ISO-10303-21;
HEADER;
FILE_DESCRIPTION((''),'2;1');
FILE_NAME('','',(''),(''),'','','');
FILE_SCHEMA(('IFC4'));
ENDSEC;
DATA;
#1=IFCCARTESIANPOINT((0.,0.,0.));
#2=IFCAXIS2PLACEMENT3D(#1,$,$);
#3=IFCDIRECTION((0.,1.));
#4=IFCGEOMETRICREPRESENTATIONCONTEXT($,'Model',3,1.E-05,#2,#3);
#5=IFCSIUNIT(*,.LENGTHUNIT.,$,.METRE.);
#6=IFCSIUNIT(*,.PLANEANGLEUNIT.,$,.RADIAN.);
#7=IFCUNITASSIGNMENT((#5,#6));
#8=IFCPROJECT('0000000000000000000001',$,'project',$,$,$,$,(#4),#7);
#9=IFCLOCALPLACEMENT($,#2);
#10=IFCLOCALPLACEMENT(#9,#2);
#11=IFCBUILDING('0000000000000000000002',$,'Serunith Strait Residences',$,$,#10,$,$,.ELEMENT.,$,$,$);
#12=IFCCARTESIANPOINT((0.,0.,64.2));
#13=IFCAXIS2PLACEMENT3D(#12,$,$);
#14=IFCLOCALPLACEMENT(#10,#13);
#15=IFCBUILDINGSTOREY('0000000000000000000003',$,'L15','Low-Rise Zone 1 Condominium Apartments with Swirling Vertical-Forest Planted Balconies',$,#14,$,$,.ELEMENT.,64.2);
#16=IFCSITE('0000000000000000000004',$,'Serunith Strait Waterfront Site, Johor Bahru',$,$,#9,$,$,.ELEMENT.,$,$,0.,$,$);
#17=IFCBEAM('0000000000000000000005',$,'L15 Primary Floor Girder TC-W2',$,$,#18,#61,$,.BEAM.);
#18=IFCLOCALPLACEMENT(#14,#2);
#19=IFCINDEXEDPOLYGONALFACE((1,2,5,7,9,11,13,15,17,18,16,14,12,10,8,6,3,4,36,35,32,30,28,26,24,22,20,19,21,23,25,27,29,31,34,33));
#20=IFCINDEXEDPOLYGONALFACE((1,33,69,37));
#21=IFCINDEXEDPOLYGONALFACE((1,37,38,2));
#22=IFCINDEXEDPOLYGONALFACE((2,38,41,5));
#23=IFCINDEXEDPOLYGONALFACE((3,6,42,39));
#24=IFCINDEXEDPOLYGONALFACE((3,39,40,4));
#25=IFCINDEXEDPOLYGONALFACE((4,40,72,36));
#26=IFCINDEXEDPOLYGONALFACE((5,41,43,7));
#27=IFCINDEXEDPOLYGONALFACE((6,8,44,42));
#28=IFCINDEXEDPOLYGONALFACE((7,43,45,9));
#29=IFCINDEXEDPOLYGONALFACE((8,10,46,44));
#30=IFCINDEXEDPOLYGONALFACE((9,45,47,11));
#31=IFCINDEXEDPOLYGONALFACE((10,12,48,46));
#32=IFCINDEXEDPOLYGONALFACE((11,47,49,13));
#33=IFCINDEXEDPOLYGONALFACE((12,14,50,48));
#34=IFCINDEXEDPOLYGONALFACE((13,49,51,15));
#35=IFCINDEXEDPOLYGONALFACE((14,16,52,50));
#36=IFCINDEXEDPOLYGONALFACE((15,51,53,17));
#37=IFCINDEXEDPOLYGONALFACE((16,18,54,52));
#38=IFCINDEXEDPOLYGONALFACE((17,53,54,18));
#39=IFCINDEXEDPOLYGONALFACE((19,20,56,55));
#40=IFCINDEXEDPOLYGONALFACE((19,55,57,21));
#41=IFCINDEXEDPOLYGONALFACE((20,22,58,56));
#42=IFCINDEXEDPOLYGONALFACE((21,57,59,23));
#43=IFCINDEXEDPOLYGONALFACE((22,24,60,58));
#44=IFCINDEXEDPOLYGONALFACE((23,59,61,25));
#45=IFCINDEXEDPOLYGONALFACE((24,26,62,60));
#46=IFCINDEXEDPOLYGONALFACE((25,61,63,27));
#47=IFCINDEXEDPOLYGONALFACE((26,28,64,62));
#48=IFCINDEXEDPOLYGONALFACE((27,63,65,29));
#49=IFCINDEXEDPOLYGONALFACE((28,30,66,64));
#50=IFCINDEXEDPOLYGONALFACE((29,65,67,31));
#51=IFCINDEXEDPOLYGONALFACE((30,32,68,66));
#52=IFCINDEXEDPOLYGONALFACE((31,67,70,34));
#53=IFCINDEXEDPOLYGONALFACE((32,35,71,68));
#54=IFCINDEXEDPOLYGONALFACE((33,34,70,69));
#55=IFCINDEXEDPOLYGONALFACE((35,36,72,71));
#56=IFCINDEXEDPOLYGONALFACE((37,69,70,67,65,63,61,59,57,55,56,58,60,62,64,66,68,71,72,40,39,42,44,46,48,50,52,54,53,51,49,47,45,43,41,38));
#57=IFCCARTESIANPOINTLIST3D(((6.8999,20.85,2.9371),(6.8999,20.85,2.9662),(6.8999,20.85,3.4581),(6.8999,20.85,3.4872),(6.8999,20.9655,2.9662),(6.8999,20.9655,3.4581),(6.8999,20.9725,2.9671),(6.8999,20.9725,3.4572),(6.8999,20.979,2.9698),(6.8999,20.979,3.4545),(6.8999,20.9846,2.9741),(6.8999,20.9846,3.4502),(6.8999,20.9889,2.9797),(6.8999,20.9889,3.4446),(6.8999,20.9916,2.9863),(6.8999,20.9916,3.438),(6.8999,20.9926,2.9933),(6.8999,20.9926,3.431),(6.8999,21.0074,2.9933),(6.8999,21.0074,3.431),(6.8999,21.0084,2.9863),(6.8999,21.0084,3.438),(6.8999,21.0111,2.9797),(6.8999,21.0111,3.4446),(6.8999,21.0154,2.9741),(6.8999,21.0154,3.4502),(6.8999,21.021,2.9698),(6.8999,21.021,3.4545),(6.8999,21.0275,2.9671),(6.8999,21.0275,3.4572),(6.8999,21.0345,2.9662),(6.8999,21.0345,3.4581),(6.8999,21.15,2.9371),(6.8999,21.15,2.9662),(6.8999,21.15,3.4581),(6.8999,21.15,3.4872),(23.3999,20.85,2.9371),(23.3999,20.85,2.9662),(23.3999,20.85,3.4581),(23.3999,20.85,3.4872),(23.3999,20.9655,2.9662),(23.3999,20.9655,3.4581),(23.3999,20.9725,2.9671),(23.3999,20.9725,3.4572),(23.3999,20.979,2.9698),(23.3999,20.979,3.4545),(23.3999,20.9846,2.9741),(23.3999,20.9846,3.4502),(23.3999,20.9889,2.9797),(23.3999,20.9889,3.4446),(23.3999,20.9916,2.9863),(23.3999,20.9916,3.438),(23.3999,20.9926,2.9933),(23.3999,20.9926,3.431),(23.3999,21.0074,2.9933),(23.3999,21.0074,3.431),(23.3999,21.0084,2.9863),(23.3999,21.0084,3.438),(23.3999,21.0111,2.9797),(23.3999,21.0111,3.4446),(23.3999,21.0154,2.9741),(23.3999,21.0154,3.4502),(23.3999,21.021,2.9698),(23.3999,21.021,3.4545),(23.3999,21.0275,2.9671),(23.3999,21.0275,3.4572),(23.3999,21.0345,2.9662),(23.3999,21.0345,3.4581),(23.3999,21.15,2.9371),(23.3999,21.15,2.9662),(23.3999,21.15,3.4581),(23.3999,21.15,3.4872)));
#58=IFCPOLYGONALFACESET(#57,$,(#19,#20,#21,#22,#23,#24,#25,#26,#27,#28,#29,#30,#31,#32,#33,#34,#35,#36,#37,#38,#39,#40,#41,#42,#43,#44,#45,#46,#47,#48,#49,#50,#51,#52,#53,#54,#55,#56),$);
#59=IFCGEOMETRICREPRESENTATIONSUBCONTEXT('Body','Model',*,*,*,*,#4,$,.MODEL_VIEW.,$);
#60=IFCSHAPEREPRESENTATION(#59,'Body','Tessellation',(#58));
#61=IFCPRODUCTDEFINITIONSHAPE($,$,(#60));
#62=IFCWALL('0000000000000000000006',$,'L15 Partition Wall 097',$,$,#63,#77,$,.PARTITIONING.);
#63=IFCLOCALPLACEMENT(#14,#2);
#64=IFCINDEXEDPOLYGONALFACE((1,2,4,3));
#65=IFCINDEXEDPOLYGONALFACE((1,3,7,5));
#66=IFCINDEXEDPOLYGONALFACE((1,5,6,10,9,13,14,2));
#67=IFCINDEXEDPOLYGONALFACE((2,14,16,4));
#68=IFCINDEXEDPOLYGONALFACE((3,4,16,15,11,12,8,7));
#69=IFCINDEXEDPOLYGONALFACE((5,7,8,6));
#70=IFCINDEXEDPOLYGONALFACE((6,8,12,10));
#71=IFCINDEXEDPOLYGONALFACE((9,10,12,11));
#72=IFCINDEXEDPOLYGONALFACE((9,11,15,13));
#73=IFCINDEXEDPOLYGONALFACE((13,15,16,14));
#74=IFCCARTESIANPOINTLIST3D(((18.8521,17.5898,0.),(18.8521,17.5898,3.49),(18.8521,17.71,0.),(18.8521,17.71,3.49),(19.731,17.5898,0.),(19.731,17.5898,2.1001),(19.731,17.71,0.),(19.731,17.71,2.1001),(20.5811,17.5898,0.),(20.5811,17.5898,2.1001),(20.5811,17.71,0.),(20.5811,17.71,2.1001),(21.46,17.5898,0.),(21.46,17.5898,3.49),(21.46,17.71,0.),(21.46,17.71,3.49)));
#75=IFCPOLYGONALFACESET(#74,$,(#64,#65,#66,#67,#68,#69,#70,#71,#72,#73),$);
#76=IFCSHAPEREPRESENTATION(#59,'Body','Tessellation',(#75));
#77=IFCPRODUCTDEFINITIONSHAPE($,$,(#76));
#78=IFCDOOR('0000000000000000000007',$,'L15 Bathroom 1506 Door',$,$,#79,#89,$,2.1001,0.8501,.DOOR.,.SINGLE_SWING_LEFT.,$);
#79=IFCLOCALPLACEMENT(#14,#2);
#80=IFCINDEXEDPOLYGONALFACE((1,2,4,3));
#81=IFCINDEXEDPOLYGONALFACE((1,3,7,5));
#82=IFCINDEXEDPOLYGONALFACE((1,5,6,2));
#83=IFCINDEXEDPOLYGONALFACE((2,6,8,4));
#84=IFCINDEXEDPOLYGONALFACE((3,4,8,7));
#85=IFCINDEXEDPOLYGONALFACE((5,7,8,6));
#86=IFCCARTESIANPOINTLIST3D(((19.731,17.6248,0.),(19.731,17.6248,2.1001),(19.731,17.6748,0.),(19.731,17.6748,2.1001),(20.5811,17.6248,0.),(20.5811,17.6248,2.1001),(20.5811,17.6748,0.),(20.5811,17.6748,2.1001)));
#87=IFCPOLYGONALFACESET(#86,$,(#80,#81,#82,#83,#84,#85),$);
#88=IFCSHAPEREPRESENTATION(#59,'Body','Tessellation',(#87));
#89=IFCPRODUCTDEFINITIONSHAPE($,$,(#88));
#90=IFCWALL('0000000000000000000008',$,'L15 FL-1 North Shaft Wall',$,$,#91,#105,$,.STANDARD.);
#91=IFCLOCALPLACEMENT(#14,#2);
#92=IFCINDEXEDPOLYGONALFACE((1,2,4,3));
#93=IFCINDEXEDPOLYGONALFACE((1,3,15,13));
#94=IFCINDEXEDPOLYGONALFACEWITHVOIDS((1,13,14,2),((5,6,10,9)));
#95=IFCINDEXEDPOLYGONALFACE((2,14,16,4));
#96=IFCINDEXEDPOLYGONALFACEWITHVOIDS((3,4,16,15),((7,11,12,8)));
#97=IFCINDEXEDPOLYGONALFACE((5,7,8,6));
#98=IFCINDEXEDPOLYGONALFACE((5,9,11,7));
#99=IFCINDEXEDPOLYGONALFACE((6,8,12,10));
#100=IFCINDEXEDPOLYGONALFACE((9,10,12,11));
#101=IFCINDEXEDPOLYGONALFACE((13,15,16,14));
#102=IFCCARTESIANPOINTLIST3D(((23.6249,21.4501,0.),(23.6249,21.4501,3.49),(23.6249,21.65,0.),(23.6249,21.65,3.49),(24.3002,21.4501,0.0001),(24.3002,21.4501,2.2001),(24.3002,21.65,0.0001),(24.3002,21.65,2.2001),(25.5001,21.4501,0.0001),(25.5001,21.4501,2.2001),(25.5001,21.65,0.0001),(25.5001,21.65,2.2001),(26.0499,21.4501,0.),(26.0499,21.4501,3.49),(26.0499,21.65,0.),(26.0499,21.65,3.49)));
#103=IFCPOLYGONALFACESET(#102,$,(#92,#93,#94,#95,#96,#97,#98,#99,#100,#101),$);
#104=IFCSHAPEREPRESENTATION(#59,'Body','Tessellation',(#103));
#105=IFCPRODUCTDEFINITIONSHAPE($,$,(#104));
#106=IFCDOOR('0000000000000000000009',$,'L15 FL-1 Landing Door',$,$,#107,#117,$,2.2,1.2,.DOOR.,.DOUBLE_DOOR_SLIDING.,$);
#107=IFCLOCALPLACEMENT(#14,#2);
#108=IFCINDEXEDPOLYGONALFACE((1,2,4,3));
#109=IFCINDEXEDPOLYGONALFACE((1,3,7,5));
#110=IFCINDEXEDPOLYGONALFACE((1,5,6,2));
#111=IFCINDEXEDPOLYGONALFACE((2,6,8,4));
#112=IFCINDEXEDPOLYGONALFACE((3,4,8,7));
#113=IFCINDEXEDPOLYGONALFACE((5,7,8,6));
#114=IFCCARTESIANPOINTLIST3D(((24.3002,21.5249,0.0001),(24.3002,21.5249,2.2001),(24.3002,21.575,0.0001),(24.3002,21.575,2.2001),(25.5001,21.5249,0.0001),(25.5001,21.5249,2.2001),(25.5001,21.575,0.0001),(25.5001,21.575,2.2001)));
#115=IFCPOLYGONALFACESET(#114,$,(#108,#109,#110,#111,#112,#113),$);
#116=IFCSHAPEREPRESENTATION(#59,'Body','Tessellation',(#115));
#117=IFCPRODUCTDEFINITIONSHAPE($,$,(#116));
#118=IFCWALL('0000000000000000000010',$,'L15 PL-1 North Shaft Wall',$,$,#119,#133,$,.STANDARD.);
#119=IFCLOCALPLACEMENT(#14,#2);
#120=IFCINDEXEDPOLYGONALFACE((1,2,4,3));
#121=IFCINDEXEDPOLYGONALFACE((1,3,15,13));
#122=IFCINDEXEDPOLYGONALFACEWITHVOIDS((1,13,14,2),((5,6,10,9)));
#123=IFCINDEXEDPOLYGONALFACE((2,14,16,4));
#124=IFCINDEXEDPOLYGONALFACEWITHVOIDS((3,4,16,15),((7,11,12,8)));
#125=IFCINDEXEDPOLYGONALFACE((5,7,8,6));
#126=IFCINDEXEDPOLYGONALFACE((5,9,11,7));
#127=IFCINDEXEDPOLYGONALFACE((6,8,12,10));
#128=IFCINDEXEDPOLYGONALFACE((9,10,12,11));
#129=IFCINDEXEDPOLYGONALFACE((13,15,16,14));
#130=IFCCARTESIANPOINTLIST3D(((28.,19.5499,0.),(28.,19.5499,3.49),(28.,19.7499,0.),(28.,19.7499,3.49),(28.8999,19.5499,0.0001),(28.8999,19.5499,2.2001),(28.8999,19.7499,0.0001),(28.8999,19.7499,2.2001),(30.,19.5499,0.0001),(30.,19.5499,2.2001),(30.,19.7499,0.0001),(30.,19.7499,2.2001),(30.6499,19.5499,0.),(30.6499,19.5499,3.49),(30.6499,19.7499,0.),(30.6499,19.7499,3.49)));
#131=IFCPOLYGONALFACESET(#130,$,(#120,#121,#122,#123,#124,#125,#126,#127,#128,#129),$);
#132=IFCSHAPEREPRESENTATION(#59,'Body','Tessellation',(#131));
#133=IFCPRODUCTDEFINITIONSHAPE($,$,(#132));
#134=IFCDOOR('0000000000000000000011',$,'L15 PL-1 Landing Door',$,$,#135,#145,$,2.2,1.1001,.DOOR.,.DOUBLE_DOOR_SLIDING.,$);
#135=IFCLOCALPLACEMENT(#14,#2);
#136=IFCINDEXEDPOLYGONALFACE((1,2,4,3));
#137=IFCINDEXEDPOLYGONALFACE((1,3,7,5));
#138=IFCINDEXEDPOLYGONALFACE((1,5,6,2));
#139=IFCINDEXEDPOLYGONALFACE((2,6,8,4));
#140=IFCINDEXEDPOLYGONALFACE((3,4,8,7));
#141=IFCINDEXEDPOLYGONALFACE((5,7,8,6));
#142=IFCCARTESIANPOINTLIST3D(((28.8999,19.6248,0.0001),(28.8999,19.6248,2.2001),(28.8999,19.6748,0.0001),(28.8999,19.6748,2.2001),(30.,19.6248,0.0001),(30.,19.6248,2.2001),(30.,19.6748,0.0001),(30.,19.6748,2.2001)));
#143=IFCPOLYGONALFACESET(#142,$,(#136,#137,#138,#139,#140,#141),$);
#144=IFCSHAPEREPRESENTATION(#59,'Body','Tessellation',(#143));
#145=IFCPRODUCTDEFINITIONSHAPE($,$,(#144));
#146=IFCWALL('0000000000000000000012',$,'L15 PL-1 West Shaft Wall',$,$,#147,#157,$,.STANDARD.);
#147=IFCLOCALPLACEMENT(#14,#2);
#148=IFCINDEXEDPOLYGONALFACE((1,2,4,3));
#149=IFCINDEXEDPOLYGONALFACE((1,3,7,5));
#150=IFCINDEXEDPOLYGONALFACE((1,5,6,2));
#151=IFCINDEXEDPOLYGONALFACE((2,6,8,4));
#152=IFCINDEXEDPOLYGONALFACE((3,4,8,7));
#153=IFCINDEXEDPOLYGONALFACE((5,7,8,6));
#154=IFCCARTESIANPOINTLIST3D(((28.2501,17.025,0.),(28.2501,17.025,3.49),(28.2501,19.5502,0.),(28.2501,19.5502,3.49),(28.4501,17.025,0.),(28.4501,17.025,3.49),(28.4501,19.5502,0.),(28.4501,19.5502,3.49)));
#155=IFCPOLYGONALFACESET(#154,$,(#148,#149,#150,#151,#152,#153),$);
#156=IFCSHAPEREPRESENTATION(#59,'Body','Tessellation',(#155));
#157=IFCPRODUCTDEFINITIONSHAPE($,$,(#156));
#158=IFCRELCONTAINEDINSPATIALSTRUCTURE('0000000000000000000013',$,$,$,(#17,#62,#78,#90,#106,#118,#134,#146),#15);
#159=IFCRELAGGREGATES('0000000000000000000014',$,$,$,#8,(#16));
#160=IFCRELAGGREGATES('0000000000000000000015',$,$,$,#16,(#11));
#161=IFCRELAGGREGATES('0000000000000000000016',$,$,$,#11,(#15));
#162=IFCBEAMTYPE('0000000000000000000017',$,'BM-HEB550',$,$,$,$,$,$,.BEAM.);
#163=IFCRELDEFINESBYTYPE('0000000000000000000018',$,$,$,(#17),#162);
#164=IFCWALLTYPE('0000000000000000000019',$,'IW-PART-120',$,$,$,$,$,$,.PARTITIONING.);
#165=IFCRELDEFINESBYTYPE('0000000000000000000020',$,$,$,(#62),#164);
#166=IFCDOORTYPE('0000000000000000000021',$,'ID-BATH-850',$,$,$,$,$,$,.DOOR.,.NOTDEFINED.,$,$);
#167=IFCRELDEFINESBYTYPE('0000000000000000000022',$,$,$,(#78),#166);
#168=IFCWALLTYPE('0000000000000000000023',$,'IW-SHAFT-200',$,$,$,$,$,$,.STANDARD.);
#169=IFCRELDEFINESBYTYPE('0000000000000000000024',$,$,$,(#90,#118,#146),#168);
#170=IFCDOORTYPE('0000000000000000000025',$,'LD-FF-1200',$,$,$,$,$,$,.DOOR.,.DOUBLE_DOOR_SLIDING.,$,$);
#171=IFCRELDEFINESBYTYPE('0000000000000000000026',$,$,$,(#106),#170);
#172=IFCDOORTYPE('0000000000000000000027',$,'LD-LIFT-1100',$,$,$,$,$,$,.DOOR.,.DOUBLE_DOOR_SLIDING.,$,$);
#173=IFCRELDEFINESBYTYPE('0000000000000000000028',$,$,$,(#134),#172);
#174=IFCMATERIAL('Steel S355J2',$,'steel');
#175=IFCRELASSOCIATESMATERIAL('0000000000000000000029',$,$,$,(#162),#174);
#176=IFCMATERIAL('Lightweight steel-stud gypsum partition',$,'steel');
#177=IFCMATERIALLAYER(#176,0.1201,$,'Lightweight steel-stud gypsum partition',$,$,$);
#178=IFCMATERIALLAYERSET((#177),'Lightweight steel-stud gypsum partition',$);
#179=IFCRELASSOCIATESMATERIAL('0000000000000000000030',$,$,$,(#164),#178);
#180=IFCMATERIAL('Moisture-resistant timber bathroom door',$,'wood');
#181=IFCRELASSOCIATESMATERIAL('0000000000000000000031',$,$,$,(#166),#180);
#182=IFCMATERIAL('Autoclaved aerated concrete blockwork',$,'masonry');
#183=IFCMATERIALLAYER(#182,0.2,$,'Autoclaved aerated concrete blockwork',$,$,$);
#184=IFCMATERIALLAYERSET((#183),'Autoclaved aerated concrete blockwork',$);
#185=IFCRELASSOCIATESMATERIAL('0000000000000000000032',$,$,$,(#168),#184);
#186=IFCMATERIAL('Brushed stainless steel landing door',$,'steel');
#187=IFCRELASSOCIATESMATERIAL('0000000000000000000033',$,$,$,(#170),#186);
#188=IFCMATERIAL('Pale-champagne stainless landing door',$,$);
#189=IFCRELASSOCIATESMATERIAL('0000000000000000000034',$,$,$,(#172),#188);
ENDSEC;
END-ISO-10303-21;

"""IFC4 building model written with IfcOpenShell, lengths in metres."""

from ifc_helpers import new_model, si_unit, direction, frame, frame_2d, origin, origin_2d, place, context, subcontext, project, spatial, rectangle, i_section, extrude, source, transform, mapped, material, layer, layer_set, material_profile, profile_set, type_object, element, fill, save


model = new_model("IFC4")

# Units and contexts
model_context = context("Model", 3, precision=1e-05, world=origin(), true_north=direction((0.0, 1.0)))
body_context = subcontext(model_context, "Body", "Model", "MODEL_VIEW")
ifc_project = project(units=[si_unit("LENGTHUNIT", "METRE"), si_unit("PLANEANGLEUNIT", "RADIAN")], contexts=[model_context])

# Site, building, storey
site_placement = place(None, origin())
site = spatial("IfcSite", under=ifc_project, at=site_placement, Name="Serunith Strait Waterfront Site, Johor Bahru", CompositionType="ELEMENT", RefElevation=0.0)
building_placement = place(site_placement, origin())
building = spatial("IfcBuilding", under=site, at=building_placement, Name="Serunith Strait Residences", CompositionType="ELEMENT")
storey_placement = place(building_placement, frame((0.0, 0.0, 64.2)))
storey = spatial("IfcBuildingStorey", under=building, at=storey_placement, Name="L15", Description="Low-Rise Zone 1 Condominium Apartments with Swirling Vertical-Forest Planted Balconies", CompositionType="ELEMENT", Elevation=64.2)

# Beam
ifc_material_1 = material(Name="Steel S355J2", Category="steel")
ifc_material_profile = material_profile(ifc_material_1, i_section(OverallWidth=0.3, OverallDepth=0.55, WebThickness=0.0149, FlangeThickness=0.0291, FilletRadius=0.0271, at=origin_2d()), Name="HEB 550")
ifc_profile_set = profile_set([ifc_material_profile], Name="Steel S355J2")
beam_type = type_object("IfcBeamType", Name="BM-HEB550", PredefinedType="BEAM", material=ifc_profile_set)
shared_shape_1 = source(origin(), body_context, "Body", "SweptSolid", [
    extrude(i_section(OverallWidth=0.3, OverallDepth=0.55, WebThickness=0.0149, FlangeThickness=0.0291, FilletRadius=0.0271, at=origin_2d()), origin(), (0.0, 0.0, 1.0), 16.5),
])
beam_placement = place(storey_placement, frame((23.3999, 21.0, 3.2122), z_axis=(-1.0, 0.0, 0.0), x_axis=(0.0, -1.0, 0.0)))
element("IfcBeam", 1, at=beam_placement, inside=storey, type_object=beam_type, Name="L15 Primary Floor Girder TC-W2", PredefinedType="BEAM", context=body_context, shape_type="MappedRepresentation", body=[
    mapped(shared_shape_1, transform((0.0, 0.0, 0.0), scale=1.0)),
])

# Walls, openings, doors
ifc_material_2 = material(Name="Lightweight steel-stud gypsum partition", Category="steel")
ifc_layer_1 = layer(ifc_material_2, 0.1201, Name="Lightweight steel-stud gypsum partition")
ifc_layer_set_1 = layer_set([ifc_layer_1], Name="Lightweight steel-stud gypsum partition")
wall_type_1 = type_object("IfcWallType", Name="IW-PART-120", PredefinedType="PARTITIONING", material=ifc_layer_set_1)
wall_1_placement = place(storey_placement, frame((18.8521, 17.6499, 0.0), z_axis=(0.0, 0.0, 1.0), x_axis=(1.0, 0.0, 0.0)))
wall_1 = element("IfcWall", 2, at=wall_1_placement, inside=storey, type_object=wall_type_1, Name="L15 Partition Wall 097", PredefinedType="PARTITIONING", context=body_context, shape_type="SweptSolid", body=[
    extrude(rectangle(XDim=2.6079, YDim=0.1201, at=frame_2d((1.304, 0.0))), origin(), (0.0, 0.0, 1.0), 3.49),
])
opening_1_placement = place(wall_1_placement, frame((0.8789, 0.0, 0.0)))
opening_1 = element("IfcOpeningElement", 3, at=opening_1_placement, cuts=wall_1, PredefinedType="OPENING", context=body_context, shape_type="SweptSolid", body=[
    extrude(rectangle(XDim=0.8501, YDim=2.1001, at=frame_2d((0.425, 1.05))), frame((0.0, 0.0701, 0.0), z_axis=(0.0, -1.0, 0.0), x_axis=(1.0, 0.0, 0.0)), (0.0, 0.0, 1.0), 0.1401),
])
ifc_material_3 = material(Name="Moisture-resistant timber bathroom door", Category="wood")
door_type_1 = type_object("IfcDoorType", Name="ID-BATH-850", OperationType="NOTDEFINED", PredefinedType="DOOR", material=ifc_material_3)
shared_shape_2 = source(origin(), body_context, "Body", "SweptSolid", [
    extrude(rectangle(XDim=0.8501, YDim=2.1001, at=frame_2d((0.425, 1.05))), frame((0.0, 0.0249, 0.0), z_axis=(0.0, -1.0, 0.0), x_axis=(1.0, 0.0, 0.0)), (0.0, 0.0, 1.0), 0.05),
])
door_1_placement = place(opening_1_placement, origin())
door_1 = element("IfcDoor", 4, at=door_1_placement, inside=storey, type_object=door_type_1, Name="L15 Bathroom 1506 Door", OperationType="SINGLE_SWING_LEFT", OverallHeight=2.1001, OverallWidth=0.8501, PredefinedType="DOOR", context=body_context, shape_type="MappedRepresentation", body=[
    mapped(shared_shape_2, transform((0.0, 0.0, 0.0), scale=1.0)),
])
fill(opening_1, door_1)
ifc_material_4 = material(Name="Autoclaved aerated concrete blockwork", Category="masonry")
ifc_layer_2 = layer(ifc_material_4, 0.2, Name="Autoclaved aerated concrete blockwork")
ifc_layer_set_2 = layer_set([ifc_layer_2], Name="Autoclaved aerated concrete blockwork")
wall_type_2 = type_object("IfcWallType", Name="IW-SHAFT-200", PredefinedType="STANDARD", material=ifc_layer_set_2)
wall_2_placement = place(storey_placement, frame((23.625, 21.55, 0.0), z_axis=(0.0, 0.0, 1.0), x_axis=(1.0, 0.0, 0.0)))
wall_2 = element("IfcWall", 5, at=wall_2_placement, inside=storey, type_object=wall_type_2, Name="L15 FL-1 North Shaft Wall", PredefinedType="STANDARD", context=body_context, shape_type="SweptSolid", body=[
    extrude(rectangle(XDim=2.425, YDim=0.2, at=frame_2d((1.2124, 0.0))), origin(), (0.0, 0.0, 1.0), 3.49),
])
opening_2_placement = place(wall_2_placement, frame((0.675, 0.0, 0.0)))
opening_2 = element("IfcOpeningElement", 6, at=opening_2_placement, cuts=wall_2, PredefinedType="OPENING", context=body_context, shape_type="SweptSolid", body=[
    extrude(rectangle(XDim=1.2, YDim=2.2, at=frame_2d((0.6001, 1.1001))), frame((0.0, 0.1099, 0.0), z_axis=(0.0, -1.0, 0.0), x_axis=(1.0, 0.0, 0.0)), (0.0, 0.0, 1.0), 0.22),
])
ifc_material_5 = material(Name="Brushed stainless steel landing door", Category="steel")
door_type_2 = type_object("IfcDoorType", Name="LD-FF-1200", OperationType="DOUBLE_DOOR_SLIDING", PredefinedType="DOOR", material=ifc_material_5)
shared_shape_3 = source(origin(), body_context, "Body", "SweptSolid", [
    extrude(rectangle(XDim=1.2, YDim=2.2, at=frame_2d((0.6001, 1.1001))), frame((0.0, 0.0249, 0.0), z_axis=(0.0, -1.0, 0.0), x_axis=(1.0, 0.0, 0.0)), (0.0, 0.0, 1.0), 0.05),
])
door_2_placement = place(opening_2_placement, origin())
door_2 = element("IfcDoor", 7, at=door_2_placement, inside=storey, type_object=door_type_2, Name="L15 FL-1 Landing Door", OperationType="DOUBLE_DOOR_SLIDING", OverallHeight=2.2, OverallWidth=1.2, PredefinedType="DOOR", context=body_context, shape_type="MappedRepresentation", body=[
    mapped(shared_shape_3, transform((0.0, 0.0, 0.0), scale=1.0)),
])
fill(opening_2, door_2)
wall_3_placement = place(storey_placement, frame((28.0, 19.6499, 0.0), z_axis=(0.0, 0.0, 1.0), x_axis=(1.0, 0.0, 0.0)))
wall_3 = element("IfcWall", 8, at=wall_3_placement, inside=storey, type_object=wall_type_2, Name="L15 PL-1 North Shaft Wall", PredefinedType="STANDARD", context=body_context, shape_type="SweptSolid", body=[
    extrude(rectangle(XDim=2.6499, YDim=0.2, at=frame_2d((1.325, 0.0))), origin(), (0.0, 0.0, 1.0), 3.49),
])
opening_3_placement = place(wall_3_placement, frame((0.8999, 0.0, 0.0)))
opening_3 = element("IfcOpeningElement", 9, at=opening_3_placement, cuts=wall_3, PredefinedType="OPENING", context=body_context, shape_type="SweptSolid", body=[
    extrude(rectangle(XDim=1.1001, YDim=2.2, at=frame_2d((0.55, 1.1001))), frame((0.0, 0.1099, 0.0), z_axis=(0.0, -1.0, 0.0), x_axis=(1.0, 0.0, 0.0)), (0.0, 0.0, 1.0), 0.22),
])
ifc_material_6 = material(Name="Pale-champagne stainless landing door")
door_type_3 = type_object("IfcDoorType", Name="LD-LIFT-1100", OperationType="DOUBLE_DOOR_SLIDING", PredefinedType="DOOR", material=ifc_material_6)
shared_shape_4 = source(origin(), body_context, "Body", "SweptSolid", [
    extrude(rectangle(XDim=1.1001, YDim=2.2, at=frame_2d((0.55, 1.1001))), frame((0.0, 0.0249, 0.0), z_axis=(0.0, -1.0, 0.0), x_axis=(1.0, 0.0, 0.0)), (0.0, 0.0, 1.0), 0.05),
])
door_3_placement = place(opening_3_placement, origin())
door_3 = element("IfcDoor", 10, at=door_3_placement, inside=storey, type_object=door_type_3, Name="L15 PL-1 Landing Door", OperationType="DOUBLE_DOOR_SLIDING", OverallHeight=2.2, OverallWidth=1.1001, PredefinedType="DOOR", context=body_context, shape_type="MappedRepresentation", body=[
    mapped(shared_shape_4, transform((0.0, 0.0, 0.0), scale=1.0)),
])
fill(opening_3, door_3)

# Wall
wall_4_placement = place(storey_placement, frame((28.3501, 17.0249, 0.0), z_axis=(0.0, 0.0, 1.0), x_axis=(0.0, 1.0, 0.0)))
element("IfcWall", 11, at=wall_4_placement, inside=storey, type_object=wall_type_2, Name="L15 PL-1 West Shaft Wall", PredefinedType="STANDARD", context=body_context, shape_type="SweptSolid", body=[
    extrude(rectangle(XDim=2.5251, YDim=0.2, at=frame_2d((1.2627, 0.0))), origin(), (0.0, 0.0, 1.0), 3.49),
])

save(model, "model.ifc")
